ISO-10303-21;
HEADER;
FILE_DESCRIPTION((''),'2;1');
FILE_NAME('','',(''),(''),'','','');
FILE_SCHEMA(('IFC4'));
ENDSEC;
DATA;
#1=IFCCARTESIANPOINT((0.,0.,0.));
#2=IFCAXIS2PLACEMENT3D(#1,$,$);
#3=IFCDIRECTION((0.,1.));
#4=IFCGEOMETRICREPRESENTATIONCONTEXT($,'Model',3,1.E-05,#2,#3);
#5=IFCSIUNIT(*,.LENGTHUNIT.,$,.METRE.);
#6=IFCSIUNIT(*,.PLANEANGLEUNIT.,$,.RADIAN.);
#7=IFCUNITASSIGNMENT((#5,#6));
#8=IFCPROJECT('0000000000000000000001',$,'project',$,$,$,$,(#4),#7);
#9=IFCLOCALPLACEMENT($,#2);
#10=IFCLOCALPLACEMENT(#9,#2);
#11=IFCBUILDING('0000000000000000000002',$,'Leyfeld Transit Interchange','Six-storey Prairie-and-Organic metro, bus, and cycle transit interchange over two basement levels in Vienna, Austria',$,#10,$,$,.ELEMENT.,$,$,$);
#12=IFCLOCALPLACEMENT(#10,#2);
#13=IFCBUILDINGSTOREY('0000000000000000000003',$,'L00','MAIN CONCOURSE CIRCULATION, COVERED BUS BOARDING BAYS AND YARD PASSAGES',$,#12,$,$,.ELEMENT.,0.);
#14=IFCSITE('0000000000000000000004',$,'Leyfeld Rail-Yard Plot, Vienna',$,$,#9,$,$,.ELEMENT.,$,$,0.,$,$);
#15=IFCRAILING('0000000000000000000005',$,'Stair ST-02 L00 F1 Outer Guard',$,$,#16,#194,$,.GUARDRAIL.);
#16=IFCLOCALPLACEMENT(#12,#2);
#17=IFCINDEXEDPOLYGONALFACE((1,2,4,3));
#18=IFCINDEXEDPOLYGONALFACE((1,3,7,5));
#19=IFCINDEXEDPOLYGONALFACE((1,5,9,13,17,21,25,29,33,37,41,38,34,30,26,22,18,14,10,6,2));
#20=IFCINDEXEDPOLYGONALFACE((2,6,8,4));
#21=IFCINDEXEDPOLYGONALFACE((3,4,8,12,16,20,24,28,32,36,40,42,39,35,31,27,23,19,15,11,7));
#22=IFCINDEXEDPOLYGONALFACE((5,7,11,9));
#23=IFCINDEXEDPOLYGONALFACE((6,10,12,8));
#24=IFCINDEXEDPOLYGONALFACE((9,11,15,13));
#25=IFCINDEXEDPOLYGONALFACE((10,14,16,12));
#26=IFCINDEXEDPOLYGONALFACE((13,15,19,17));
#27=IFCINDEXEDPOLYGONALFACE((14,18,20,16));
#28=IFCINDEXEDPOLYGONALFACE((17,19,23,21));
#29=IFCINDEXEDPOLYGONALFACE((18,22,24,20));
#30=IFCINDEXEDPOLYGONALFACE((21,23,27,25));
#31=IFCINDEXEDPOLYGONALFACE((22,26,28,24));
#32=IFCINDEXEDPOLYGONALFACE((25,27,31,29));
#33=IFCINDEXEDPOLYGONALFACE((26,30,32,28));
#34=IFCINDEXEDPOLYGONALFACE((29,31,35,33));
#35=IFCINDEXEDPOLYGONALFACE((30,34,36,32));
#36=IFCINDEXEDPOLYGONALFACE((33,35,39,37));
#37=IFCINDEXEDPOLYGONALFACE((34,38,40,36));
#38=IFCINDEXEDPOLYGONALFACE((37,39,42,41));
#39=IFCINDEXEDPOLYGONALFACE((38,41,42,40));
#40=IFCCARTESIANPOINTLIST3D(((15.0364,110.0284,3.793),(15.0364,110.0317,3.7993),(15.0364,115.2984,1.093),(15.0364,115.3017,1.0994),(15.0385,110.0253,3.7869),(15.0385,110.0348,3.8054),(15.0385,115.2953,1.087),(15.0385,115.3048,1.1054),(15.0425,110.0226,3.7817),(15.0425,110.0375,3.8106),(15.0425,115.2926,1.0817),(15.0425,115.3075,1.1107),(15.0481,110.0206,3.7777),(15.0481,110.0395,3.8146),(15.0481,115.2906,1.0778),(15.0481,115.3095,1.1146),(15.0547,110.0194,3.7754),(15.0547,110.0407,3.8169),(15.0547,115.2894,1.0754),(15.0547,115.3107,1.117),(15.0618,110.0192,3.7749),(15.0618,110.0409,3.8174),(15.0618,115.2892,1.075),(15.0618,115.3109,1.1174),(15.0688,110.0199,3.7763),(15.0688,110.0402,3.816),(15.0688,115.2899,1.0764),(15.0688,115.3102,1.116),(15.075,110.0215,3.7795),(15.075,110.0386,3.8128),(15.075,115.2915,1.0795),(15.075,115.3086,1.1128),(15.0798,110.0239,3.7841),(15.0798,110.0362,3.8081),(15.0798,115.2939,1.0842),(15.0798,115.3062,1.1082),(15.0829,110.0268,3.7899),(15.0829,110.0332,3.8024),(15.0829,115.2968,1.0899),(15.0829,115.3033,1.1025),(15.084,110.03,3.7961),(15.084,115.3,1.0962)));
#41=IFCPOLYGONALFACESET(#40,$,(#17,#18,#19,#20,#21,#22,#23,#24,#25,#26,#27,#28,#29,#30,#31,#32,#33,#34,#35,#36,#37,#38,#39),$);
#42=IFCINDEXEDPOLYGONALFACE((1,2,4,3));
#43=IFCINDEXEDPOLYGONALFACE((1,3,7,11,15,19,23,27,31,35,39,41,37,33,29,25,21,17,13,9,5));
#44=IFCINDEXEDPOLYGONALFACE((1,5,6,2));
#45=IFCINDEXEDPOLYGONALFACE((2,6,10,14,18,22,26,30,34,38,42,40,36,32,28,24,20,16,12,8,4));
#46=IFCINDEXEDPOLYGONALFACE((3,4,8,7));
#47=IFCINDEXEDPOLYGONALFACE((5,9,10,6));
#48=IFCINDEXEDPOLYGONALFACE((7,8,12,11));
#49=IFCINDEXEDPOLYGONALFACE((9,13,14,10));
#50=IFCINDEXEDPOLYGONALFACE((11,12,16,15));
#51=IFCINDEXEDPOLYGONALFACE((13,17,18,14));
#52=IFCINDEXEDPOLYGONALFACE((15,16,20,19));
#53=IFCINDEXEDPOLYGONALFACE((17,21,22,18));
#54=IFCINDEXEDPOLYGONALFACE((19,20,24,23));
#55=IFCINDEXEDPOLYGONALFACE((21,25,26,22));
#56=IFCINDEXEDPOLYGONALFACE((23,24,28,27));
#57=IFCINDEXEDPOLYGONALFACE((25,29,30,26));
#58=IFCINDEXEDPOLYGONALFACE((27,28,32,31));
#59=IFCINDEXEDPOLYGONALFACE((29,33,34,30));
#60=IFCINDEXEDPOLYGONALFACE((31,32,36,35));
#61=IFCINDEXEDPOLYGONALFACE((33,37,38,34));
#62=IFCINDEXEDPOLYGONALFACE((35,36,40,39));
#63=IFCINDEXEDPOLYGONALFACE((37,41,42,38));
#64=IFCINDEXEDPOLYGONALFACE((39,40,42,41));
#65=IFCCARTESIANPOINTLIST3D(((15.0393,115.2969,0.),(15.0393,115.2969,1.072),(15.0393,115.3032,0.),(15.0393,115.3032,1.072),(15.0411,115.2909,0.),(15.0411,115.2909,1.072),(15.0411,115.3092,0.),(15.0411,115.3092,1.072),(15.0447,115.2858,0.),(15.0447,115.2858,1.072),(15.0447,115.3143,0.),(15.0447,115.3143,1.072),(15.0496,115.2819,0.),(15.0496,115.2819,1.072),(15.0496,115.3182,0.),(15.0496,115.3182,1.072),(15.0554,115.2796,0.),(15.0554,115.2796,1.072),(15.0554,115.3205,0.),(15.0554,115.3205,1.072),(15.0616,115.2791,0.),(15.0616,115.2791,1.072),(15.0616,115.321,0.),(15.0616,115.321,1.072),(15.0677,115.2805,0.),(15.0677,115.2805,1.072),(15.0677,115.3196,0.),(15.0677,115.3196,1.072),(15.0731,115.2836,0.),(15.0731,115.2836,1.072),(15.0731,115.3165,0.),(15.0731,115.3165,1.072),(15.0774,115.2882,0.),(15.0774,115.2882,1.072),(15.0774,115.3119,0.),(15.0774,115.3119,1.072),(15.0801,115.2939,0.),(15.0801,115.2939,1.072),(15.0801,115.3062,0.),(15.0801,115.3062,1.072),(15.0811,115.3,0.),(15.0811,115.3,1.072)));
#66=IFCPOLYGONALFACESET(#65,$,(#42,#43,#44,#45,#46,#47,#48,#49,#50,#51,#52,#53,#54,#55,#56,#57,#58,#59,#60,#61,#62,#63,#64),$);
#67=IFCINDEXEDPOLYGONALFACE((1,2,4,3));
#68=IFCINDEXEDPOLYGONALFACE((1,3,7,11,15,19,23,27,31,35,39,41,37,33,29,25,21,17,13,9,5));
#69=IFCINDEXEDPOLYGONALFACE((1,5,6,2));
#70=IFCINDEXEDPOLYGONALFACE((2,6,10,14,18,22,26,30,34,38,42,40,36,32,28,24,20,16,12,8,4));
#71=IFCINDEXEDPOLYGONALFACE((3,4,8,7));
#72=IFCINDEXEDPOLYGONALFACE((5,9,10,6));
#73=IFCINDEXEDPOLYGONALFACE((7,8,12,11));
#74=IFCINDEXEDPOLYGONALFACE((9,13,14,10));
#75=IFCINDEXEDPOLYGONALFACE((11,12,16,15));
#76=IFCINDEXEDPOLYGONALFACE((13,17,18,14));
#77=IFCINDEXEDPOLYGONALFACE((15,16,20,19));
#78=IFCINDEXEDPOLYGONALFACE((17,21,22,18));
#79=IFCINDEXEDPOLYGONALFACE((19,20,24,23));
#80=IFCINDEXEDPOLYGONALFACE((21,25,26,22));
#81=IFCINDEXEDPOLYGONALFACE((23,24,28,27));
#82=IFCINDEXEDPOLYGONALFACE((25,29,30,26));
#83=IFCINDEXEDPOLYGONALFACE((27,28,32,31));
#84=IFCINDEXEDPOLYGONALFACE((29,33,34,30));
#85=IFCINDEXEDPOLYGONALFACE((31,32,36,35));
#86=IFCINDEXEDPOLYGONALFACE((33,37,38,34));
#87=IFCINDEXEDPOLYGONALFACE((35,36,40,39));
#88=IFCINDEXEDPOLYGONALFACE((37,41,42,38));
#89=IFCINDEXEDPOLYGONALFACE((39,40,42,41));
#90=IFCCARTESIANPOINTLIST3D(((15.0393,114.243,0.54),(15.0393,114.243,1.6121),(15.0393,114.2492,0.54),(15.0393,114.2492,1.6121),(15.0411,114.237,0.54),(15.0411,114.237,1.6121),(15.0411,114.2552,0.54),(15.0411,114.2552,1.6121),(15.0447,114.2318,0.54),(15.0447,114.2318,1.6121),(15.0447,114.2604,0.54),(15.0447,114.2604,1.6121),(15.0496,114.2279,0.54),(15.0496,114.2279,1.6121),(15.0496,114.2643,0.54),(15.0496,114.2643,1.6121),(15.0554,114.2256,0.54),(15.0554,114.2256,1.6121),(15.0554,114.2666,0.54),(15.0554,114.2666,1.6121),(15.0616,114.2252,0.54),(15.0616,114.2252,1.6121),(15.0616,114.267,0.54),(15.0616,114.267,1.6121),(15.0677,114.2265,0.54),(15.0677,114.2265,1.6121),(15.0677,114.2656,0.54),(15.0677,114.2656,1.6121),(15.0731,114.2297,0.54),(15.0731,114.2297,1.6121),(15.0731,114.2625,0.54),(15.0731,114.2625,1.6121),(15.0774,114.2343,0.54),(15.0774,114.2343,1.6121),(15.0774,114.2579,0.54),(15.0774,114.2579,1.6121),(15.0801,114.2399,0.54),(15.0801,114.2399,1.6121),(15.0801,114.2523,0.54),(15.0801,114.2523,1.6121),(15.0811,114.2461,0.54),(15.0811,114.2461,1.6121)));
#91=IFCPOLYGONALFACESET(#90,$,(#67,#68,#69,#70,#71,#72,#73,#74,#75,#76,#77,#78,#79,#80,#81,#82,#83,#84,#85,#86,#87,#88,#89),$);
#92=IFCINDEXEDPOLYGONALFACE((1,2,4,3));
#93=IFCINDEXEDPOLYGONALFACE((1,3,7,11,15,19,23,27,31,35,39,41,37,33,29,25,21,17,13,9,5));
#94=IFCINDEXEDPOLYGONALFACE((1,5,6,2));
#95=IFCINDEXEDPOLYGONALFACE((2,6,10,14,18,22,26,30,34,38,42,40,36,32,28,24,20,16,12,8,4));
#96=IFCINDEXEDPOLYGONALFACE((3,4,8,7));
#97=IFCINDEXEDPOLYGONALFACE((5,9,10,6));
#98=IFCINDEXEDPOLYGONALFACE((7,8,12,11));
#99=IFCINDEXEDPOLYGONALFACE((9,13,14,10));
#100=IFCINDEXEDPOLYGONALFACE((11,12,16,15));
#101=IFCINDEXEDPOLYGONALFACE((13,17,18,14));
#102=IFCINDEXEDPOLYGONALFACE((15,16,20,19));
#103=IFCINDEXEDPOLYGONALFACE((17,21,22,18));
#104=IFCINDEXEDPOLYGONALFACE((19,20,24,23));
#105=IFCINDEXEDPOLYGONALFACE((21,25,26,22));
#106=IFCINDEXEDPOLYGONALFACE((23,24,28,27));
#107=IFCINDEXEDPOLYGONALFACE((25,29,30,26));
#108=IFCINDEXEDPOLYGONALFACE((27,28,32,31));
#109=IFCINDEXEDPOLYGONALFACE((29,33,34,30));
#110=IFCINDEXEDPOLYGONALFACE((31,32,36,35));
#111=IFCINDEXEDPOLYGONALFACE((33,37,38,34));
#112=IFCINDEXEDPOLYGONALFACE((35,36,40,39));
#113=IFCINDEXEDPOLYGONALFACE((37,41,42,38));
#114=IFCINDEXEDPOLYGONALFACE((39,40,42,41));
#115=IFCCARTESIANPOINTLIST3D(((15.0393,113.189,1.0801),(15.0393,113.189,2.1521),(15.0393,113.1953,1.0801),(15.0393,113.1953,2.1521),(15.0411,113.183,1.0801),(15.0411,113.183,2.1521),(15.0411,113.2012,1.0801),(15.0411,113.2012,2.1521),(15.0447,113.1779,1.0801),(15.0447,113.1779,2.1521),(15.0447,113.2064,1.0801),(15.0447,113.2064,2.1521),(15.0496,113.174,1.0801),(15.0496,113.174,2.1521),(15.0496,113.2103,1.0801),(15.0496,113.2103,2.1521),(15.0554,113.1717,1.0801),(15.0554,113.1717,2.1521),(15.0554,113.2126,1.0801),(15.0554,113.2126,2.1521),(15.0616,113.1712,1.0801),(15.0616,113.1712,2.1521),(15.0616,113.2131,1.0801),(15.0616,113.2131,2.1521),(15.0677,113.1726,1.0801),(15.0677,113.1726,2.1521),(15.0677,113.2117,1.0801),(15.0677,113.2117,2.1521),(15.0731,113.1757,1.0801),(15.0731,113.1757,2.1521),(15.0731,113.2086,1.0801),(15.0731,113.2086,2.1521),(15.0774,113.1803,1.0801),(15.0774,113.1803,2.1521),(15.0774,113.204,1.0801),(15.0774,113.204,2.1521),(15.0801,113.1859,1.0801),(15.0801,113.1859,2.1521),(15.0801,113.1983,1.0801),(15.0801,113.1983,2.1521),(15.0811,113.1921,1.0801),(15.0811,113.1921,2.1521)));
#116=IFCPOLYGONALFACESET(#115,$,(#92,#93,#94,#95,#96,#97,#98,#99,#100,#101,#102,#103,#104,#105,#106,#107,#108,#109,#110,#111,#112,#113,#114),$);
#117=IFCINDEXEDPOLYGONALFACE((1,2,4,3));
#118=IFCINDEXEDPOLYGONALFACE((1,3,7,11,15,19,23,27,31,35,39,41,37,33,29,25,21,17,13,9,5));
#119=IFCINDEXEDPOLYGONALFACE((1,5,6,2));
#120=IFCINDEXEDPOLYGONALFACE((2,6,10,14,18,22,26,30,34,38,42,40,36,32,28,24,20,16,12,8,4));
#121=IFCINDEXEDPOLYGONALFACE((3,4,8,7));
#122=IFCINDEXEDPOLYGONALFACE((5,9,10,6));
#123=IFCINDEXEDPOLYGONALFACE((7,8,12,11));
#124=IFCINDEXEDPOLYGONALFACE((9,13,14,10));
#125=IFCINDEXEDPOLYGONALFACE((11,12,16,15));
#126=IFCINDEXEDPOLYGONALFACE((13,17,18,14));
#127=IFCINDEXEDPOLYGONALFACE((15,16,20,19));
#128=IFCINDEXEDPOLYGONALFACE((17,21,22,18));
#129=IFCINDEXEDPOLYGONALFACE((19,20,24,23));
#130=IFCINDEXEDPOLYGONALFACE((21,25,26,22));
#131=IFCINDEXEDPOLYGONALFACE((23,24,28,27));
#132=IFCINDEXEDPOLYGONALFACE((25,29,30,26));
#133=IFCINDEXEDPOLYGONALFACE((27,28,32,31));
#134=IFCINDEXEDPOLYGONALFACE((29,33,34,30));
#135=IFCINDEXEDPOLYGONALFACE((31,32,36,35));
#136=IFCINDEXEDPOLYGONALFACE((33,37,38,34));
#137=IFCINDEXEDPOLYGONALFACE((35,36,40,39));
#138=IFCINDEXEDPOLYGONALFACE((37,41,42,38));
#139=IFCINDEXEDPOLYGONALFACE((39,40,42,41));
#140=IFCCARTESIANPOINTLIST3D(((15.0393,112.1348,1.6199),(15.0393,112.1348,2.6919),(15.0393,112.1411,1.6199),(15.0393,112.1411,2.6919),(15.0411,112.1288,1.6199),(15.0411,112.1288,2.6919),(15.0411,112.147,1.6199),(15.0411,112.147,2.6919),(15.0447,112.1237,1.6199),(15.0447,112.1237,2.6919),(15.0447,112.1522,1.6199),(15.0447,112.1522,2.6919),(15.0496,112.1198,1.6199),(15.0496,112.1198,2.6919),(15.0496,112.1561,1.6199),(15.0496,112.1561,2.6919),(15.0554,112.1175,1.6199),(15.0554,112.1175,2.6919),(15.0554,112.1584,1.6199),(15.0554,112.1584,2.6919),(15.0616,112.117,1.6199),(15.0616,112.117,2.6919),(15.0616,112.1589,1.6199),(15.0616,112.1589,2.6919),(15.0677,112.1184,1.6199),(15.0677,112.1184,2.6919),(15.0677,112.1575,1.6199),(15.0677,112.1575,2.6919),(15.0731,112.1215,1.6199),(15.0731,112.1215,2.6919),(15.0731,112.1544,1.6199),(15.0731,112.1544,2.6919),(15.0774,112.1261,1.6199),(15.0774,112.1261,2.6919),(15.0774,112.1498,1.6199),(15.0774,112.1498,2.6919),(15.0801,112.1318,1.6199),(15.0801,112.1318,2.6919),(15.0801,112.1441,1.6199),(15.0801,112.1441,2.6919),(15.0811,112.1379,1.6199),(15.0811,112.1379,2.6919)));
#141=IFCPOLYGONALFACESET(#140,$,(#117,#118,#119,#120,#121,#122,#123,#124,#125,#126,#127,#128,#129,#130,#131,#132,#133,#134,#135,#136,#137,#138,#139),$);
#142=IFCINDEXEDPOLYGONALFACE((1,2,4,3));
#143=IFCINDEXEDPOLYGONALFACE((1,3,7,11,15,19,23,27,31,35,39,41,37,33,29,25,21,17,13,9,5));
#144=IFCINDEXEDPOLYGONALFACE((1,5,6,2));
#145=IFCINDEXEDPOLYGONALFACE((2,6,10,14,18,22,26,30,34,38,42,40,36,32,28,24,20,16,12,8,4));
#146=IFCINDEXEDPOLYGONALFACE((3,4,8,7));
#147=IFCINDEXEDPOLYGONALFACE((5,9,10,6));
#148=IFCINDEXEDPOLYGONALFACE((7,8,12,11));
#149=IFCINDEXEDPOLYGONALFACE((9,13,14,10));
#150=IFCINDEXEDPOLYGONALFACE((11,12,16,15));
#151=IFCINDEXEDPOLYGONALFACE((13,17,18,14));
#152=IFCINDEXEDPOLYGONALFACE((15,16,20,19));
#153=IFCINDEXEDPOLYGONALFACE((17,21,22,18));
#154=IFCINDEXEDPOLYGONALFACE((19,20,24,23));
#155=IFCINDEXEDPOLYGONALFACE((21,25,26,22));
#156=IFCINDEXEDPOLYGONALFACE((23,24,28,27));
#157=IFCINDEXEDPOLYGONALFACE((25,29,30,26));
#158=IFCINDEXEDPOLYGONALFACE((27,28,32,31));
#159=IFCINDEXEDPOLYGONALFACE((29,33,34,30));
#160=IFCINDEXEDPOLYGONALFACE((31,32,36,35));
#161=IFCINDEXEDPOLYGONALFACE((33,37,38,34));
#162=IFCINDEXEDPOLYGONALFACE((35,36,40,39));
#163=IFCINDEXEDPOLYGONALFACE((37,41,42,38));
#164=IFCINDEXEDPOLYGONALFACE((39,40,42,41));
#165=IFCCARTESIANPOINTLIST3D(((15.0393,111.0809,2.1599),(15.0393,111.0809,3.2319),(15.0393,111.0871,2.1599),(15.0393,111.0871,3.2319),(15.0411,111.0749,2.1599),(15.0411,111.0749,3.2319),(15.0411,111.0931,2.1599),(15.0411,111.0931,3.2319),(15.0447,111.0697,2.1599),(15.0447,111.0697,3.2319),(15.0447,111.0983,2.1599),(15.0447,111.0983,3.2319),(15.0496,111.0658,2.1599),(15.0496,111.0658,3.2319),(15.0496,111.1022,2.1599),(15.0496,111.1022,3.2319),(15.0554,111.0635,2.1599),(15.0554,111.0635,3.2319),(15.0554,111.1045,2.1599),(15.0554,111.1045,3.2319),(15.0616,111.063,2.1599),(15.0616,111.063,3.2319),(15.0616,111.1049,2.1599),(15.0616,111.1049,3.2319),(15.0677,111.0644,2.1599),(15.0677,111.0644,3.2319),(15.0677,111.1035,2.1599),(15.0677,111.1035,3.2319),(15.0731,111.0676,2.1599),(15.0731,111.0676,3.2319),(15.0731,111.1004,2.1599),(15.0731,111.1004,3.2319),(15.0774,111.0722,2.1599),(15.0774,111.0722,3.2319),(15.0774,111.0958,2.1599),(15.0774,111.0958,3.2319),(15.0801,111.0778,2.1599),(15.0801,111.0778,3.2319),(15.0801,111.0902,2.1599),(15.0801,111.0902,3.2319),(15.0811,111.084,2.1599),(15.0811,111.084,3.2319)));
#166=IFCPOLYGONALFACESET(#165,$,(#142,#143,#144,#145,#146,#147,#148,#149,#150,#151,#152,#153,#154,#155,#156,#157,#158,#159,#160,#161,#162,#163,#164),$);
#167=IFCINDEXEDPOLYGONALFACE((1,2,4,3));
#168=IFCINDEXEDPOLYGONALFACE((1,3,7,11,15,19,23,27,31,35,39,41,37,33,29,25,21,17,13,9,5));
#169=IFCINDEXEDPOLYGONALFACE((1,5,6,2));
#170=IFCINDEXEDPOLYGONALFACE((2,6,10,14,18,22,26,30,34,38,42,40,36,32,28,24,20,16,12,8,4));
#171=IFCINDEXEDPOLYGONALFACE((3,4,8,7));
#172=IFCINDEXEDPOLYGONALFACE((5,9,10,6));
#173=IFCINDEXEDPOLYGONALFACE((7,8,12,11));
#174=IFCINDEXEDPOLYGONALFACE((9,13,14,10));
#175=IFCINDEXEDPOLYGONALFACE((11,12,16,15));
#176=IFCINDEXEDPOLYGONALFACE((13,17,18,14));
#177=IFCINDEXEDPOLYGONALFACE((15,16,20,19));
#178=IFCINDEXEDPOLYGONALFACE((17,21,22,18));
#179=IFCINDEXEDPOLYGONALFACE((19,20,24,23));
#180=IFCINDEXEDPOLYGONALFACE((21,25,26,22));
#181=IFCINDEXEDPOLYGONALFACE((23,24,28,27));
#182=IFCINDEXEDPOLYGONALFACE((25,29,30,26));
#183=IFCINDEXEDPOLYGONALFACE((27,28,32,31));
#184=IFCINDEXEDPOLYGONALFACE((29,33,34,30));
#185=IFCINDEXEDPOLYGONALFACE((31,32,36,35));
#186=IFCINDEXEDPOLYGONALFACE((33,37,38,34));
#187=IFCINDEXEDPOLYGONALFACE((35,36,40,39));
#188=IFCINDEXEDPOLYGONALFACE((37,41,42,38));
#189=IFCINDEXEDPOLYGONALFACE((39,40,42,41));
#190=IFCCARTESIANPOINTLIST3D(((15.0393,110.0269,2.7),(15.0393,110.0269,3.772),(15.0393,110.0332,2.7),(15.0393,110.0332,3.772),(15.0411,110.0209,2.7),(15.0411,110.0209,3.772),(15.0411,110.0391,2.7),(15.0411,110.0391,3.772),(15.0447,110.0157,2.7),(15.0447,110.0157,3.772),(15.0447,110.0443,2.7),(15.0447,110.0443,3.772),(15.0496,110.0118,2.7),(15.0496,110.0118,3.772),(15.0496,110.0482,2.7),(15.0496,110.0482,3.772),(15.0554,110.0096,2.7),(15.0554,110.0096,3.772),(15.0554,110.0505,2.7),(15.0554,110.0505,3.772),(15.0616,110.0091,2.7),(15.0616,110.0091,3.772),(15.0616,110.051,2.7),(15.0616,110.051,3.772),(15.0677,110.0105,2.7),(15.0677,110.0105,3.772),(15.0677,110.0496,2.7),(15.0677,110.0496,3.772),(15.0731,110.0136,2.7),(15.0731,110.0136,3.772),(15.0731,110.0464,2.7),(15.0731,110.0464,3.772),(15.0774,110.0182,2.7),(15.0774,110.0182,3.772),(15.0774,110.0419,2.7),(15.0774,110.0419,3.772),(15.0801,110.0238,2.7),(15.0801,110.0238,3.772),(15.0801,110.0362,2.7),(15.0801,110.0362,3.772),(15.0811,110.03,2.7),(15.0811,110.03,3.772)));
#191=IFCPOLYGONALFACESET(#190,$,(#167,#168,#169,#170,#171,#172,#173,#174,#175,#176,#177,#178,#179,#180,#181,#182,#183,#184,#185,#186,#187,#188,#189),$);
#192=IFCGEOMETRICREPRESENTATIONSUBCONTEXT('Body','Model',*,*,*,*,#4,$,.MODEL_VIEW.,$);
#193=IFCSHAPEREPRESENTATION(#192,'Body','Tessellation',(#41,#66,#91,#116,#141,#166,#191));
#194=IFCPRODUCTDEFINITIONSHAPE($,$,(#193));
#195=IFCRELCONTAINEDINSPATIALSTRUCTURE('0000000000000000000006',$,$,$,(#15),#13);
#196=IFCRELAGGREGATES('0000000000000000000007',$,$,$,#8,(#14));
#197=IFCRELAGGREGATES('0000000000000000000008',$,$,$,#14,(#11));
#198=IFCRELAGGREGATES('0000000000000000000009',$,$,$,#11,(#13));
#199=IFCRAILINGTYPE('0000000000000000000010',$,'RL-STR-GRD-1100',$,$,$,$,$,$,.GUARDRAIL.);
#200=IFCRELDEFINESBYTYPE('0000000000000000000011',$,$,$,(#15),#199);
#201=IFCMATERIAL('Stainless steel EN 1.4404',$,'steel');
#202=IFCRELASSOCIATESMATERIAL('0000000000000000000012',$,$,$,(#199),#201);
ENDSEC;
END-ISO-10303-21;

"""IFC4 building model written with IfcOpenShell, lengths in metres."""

from ifc_helpers import new_model, si_unit, direction, frame, origin, origin_2d, place, context, subcontext, project, spatial, circle, extrude, material, type_object, element, save


model = new_model("IFC4")

# Units and contexts
model_context = context("Model", 3, precision=1e-05, world=origin(), true_north=direction((0.0, 1.0)))
body_context = subcontext(model_context, "Body", "Model", "MODEL_VIEW")
ifc_project = project(units=[si_unit("LENGTHUNIT", "METRE"), si_unit("PLANEANGLEUNIT", "RADIAN")], contexts=[model_context])

# Site, building, storey
site_placement = place(None, origin())
site = spatial("IfcSite", under=ifc_project, at=site_placement, Name="Leyfeld Rail-Yard Plot, Vienna", CompositionType="ELEMENT", RefElevation=0.0)
building_placement = place(site_placement, origin())
building = spatial("IfcBuilding", under=site, at=building_placement, Name="Leyfeld Transit Interchange", Description="Six-storey Prairie-and-Organic metro, bus, and cycle transit interchange over two basement levels in Vienna, Austria", CompositionType="ELEMENT")
storey_placement = place(building_placement, origin())
storey = spatial("IfcBuildingStorey", under=building, at=storey_placement, Name="L00", Description="MAIN CONCOURSE CIRCULATION, COVERED BUS BOARDING BAYS AND YARD PASSAGES", CompositionType="ELEMENT", Elevation=0.0)

# Shared definitions
ifc_material_1 = material(Name="Stainless steel EN 1.4404", Category="steel")

# Railing
railing_type_1 = type_object("IfcRailingType", Name="RL-STR-GRD-1100", PredefinedType="GUARDRAIL", material=ifc_material_1)
for number, where, name in (
    (1, (15.0601, 115.3, 0.0), "Stair ST-02 L00 F1 Outer Guard"),
):
    element("IfcRailing", number, at=place(storey_placement, frame(where)), inside=storey, type_object=railing_type_1, Name=name, PredefinedType="GUARDRAIL", context=body_context, shape_type="SweptSolid", body=[
        extrude(circle(Radius=0.0239, at=origin_2d()), frame((0.0, 0.0, 1.0962), z_axis=(0.0, -0.889997, 0.455966), x_axis=(1.0, 0.0, 0.0)), (0.0, 0.0, 1.0), 5.9214),
        extrude(circle(Radius=0.021, at=origin_2d()), origin(), (0.0, 0.0, 1.0), 1.072),
        extrude(circle(Radius=0.021, at=origin_2d()), frame((0.0, -1.054, 0.54)), (0.0, 0.0, 1.0), 1.072),
        extrude(circle(Radius=0.021, at=origin_2d()), frame((0.0, -2.1079, 1.0801)), (0.0, 0.0, 1.0), 1.072),
        extrude(circle(Radius=0.021, at=origin_2d()), frame((0.0, -3.1621, 1.6199)), (0.0, 0.0, 1.0), 1.072),
        extrude(circle(Radius=0.021, at=origin_2d()), frame((0.0, -4.2161, 2.1599)), (0.0, 0.0, 1.0), 1.072),
        extrude(circle(Radius=0.021, at=origin_2d()), frame((0.0, -5.27, 2.7)), (0.0, 0.0, 1.0), 1.072),
    ])

save(model, "model.ifc")
